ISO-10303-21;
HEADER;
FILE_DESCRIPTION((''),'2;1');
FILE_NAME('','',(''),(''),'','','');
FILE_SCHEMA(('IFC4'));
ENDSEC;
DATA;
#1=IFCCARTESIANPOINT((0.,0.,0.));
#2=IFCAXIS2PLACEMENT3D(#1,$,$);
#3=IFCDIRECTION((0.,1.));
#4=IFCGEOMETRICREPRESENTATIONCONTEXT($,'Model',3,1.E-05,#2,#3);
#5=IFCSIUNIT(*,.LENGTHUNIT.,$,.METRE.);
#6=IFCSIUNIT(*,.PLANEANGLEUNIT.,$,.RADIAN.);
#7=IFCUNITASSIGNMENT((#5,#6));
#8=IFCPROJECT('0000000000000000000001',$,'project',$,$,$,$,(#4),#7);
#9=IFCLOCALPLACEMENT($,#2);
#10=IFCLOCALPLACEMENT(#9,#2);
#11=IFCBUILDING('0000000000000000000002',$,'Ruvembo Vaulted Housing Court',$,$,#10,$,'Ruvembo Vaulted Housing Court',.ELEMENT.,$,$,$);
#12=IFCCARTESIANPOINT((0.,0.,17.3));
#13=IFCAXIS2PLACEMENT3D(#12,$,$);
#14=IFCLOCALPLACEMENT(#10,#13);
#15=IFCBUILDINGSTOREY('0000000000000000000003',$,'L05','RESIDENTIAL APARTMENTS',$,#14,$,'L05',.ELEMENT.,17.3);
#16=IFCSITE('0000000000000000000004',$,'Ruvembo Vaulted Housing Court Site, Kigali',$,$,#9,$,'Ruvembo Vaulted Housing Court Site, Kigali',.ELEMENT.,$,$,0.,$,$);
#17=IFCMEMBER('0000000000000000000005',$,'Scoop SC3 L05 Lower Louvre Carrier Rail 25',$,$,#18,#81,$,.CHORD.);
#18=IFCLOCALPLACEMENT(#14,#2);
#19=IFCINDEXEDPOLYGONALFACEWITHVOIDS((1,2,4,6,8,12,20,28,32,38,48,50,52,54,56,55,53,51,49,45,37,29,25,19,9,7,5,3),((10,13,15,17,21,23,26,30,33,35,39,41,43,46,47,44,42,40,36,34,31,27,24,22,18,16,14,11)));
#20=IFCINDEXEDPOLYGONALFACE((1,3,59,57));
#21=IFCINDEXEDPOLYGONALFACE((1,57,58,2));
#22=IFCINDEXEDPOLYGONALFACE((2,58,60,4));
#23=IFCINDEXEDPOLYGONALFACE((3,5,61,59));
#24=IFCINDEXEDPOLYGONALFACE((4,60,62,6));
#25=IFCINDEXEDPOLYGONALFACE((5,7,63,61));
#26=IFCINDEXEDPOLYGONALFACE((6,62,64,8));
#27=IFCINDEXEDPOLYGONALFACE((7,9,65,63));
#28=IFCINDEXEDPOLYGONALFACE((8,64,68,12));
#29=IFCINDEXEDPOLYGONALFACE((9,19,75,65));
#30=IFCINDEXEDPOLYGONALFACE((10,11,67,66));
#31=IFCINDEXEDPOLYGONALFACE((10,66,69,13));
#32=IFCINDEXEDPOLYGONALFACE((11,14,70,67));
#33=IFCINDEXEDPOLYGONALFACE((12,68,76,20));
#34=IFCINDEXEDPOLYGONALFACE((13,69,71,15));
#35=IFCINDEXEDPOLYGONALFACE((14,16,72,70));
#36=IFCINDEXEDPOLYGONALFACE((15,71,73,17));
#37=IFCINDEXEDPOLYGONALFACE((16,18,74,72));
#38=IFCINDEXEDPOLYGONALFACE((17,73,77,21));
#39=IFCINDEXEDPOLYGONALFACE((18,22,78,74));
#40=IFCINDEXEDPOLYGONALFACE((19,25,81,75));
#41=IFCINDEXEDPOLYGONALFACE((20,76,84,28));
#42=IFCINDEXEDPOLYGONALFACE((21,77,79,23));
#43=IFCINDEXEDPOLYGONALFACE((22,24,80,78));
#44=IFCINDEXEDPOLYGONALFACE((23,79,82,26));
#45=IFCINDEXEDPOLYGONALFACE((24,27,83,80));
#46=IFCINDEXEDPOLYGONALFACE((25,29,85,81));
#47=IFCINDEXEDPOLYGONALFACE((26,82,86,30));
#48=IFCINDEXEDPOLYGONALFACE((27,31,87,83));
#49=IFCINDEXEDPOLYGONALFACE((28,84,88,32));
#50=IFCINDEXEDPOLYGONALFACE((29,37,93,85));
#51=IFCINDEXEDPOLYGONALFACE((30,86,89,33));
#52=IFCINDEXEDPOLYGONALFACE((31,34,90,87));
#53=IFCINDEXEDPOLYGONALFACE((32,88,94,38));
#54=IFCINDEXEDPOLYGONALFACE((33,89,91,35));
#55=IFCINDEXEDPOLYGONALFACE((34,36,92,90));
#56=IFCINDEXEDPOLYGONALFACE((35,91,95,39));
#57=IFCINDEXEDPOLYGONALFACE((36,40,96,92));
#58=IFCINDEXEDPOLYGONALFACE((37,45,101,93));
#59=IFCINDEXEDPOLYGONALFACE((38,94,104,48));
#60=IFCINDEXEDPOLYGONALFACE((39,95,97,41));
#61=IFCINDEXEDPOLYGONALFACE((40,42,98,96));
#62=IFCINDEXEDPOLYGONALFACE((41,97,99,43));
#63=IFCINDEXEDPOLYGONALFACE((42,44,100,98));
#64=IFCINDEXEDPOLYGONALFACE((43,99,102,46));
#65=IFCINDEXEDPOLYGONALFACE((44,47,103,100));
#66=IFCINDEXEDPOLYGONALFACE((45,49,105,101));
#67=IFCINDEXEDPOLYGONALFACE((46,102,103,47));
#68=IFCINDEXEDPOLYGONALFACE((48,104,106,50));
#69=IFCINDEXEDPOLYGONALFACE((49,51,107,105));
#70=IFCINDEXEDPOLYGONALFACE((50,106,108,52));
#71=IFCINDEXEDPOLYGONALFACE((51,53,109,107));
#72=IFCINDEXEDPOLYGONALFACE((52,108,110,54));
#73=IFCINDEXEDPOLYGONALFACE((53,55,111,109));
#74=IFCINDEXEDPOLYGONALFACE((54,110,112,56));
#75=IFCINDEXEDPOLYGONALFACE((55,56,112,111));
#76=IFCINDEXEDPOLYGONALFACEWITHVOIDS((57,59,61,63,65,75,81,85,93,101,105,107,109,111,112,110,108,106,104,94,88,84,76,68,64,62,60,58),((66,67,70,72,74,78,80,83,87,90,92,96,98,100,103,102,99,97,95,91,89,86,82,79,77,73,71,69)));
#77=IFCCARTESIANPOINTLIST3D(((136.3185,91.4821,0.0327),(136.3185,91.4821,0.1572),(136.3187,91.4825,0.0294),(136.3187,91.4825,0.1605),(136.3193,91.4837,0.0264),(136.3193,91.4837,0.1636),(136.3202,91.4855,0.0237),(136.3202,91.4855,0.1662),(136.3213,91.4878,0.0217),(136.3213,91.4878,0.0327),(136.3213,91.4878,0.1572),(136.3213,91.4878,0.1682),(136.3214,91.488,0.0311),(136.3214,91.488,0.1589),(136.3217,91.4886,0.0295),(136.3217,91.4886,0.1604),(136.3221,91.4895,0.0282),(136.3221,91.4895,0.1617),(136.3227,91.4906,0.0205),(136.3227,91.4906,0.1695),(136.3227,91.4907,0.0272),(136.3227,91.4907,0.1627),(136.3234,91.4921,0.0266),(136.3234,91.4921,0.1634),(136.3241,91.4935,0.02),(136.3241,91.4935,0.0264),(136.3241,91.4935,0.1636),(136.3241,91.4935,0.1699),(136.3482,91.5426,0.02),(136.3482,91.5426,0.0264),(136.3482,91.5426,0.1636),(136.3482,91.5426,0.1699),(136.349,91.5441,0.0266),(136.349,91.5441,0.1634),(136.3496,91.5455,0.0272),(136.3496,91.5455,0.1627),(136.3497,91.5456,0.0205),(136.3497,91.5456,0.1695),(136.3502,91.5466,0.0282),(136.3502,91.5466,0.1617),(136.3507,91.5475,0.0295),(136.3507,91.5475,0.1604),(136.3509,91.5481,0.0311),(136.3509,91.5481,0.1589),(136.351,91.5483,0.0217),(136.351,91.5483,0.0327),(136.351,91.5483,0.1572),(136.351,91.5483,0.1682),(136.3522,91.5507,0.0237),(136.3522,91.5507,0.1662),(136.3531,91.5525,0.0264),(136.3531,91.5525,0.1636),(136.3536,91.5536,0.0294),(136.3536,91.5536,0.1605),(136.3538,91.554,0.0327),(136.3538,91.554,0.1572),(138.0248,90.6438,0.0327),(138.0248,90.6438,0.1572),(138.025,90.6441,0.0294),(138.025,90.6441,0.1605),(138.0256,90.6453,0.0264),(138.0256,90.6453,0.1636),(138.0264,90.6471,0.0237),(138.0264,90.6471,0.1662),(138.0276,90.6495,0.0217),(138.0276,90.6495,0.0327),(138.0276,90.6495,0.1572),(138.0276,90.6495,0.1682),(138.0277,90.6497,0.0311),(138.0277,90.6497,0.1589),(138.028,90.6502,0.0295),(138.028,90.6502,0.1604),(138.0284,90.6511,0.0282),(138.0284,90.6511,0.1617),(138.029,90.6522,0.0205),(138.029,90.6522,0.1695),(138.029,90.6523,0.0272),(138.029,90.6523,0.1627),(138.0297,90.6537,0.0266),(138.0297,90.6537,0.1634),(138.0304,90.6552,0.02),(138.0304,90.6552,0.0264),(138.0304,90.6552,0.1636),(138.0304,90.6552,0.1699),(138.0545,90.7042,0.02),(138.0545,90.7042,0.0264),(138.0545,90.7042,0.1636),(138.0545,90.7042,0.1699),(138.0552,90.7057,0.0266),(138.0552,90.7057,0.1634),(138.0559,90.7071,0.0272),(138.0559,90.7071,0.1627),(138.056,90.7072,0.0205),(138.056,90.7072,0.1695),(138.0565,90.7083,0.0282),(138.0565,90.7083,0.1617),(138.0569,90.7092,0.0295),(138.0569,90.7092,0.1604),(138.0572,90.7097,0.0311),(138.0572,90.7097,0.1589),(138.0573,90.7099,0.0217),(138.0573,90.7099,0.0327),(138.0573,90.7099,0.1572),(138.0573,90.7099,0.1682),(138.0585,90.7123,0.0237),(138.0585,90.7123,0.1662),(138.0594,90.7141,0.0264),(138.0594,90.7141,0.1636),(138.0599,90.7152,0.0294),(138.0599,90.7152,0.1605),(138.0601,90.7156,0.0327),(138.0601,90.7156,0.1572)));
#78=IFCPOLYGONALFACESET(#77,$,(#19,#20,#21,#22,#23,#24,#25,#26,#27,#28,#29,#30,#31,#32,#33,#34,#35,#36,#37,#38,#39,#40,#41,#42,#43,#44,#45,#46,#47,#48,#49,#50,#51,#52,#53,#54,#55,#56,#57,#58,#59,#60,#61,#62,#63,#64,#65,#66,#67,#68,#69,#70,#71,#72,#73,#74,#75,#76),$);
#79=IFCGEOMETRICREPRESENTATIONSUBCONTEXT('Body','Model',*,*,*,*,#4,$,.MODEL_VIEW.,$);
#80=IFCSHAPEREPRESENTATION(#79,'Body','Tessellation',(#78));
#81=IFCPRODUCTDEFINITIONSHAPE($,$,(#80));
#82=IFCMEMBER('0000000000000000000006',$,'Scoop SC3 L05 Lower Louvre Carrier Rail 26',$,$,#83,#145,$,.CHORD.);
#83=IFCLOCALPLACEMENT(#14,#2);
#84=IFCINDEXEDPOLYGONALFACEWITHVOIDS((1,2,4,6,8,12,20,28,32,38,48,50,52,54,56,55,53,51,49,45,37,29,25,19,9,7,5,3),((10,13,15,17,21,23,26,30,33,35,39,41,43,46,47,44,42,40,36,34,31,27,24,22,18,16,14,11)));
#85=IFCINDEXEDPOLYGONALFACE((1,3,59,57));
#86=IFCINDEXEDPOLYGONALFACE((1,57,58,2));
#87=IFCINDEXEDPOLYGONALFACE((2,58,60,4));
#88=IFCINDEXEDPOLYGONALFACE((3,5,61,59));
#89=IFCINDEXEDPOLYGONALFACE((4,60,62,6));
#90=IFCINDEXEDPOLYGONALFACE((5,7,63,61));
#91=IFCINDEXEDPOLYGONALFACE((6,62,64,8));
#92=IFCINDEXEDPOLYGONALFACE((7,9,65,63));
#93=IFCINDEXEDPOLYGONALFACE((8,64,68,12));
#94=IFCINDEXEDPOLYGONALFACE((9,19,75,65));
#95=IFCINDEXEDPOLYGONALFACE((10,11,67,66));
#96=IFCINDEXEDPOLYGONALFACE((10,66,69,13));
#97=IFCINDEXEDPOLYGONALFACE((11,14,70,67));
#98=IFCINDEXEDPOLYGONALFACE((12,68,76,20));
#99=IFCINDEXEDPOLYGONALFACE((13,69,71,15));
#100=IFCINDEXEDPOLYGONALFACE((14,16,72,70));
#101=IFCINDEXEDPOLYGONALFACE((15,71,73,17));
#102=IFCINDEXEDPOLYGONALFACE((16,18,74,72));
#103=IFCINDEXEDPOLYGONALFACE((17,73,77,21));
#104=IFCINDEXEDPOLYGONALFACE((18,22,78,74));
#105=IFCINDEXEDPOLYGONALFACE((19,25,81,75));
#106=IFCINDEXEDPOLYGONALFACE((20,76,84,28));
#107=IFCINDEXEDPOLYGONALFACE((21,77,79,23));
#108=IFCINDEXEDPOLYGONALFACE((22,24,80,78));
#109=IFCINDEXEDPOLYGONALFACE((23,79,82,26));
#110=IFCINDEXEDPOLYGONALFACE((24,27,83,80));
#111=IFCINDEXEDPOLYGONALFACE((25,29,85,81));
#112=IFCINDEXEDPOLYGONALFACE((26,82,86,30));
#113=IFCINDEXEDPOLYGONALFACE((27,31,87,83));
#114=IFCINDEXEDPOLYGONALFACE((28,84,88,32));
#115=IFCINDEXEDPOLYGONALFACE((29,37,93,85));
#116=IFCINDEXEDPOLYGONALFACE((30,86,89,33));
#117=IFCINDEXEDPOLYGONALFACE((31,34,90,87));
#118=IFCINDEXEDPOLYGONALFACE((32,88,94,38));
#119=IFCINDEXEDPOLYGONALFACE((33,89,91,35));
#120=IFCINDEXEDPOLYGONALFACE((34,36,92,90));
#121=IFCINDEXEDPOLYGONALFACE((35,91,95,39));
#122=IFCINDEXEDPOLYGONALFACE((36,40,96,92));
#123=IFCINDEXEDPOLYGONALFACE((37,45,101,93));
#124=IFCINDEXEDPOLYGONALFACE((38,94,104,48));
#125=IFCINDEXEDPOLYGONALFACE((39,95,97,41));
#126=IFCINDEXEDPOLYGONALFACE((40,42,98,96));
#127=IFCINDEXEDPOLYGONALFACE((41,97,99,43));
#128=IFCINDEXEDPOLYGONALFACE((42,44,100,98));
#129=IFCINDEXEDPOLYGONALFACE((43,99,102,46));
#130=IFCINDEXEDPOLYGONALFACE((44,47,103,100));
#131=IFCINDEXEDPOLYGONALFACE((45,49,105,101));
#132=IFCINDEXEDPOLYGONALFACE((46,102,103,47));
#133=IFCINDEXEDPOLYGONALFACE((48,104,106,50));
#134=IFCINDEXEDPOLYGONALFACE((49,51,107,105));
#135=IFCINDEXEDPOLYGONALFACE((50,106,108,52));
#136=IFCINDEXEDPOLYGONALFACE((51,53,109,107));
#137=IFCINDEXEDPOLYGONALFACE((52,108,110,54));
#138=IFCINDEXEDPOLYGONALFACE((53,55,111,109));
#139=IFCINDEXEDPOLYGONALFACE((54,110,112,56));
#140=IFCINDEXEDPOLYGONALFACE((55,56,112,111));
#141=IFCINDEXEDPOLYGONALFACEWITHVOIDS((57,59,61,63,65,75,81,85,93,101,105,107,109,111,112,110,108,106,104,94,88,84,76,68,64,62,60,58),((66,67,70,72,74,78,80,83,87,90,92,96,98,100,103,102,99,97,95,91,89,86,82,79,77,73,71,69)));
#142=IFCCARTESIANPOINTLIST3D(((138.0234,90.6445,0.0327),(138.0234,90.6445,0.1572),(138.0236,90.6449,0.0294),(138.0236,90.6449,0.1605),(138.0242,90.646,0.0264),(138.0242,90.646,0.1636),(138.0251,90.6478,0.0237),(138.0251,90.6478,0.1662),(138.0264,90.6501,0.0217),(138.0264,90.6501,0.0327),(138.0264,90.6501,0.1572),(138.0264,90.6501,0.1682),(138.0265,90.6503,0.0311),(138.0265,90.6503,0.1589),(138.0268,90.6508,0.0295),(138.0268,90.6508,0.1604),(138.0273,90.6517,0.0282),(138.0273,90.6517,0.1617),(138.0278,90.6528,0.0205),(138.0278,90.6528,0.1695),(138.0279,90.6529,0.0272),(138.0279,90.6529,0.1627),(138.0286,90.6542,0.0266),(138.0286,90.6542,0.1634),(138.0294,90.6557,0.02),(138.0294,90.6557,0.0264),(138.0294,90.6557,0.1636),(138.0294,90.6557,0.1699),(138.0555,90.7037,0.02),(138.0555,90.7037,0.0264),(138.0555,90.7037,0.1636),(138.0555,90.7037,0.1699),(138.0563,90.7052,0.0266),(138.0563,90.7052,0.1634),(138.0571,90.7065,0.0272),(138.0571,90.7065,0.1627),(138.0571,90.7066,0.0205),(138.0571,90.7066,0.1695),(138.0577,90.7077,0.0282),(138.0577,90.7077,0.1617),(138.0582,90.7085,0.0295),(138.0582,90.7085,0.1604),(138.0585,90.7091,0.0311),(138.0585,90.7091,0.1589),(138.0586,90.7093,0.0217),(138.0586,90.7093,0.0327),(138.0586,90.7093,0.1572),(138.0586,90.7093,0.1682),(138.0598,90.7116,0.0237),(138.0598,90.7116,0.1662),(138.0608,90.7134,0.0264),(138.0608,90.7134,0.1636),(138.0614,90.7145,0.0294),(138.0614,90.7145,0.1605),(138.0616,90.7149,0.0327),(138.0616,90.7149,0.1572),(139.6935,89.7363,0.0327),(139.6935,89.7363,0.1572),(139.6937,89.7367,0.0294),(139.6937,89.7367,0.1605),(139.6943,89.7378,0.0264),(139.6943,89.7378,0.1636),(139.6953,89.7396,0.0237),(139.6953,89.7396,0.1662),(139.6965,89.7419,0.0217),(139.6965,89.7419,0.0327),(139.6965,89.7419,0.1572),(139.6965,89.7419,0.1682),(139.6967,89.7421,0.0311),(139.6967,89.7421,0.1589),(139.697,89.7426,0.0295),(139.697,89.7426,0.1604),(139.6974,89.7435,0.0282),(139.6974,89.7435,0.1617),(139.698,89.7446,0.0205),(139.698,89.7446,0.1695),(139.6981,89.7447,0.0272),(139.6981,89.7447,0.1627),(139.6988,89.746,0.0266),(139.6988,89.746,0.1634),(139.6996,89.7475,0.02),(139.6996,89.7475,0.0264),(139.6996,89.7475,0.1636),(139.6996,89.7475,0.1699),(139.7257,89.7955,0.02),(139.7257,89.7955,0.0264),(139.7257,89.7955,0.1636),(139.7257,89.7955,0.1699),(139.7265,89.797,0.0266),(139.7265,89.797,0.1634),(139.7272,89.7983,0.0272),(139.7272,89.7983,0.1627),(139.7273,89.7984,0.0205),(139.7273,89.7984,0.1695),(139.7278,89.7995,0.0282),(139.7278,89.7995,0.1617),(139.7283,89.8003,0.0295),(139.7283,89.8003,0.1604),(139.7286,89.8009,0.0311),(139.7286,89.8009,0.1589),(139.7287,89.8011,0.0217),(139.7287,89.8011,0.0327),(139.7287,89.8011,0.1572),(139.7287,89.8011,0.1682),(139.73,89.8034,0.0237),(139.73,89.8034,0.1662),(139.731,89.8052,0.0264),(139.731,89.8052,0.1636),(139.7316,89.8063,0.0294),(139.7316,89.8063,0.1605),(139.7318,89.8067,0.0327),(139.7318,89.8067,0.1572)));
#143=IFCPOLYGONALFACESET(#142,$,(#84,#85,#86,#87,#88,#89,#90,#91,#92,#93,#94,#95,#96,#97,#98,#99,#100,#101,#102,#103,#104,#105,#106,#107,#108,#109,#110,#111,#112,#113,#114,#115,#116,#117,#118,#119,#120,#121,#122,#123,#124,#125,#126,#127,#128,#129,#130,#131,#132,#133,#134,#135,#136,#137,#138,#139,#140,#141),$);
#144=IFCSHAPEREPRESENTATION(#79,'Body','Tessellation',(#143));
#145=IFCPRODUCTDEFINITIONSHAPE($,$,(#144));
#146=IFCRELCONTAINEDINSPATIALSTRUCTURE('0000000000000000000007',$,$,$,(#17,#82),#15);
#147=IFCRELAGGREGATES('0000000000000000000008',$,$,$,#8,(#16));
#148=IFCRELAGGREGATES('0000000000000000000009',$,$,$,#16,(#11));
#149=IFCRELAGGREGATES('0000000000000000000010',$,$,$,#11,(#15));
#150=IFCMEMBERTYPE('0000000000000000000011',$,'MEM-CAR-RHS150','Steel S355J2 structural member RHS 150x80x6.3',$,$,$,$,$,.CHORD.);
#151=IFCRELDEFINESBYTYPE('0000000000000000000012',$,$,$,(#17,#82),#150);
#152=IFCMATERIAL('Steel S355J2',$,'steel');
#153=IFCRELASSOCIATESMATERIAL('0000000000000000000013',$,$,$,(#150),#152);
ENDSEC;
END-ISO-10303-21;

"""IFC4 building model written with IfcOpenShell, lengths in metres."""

from ifc_helpers import new_model, si_unit, direction, frame, origin, origin_2d, place, context, subcontext, project, spatial, hollow_rectangle, extrude, material, material_profile, profile_set, type_object, element, save


model = new_model("IFC4")

# Units and contexts
model_context = context("Model", 3, precision=1e-05, world=origin(), true_north=direction((0.0, 1.0)))
body_context = subcontext(model_context, "Body", "Model", "MODEL_VIEW")
ifc_project = project(units=[si_unit("LENGTHUNIT", "METRE"), si_unit("PLANEANGLEUNIT", "RADIAN")], contexts=[model_context])

# Site, building, storey
site_placement = place(None, origin())
site = spatial("IfcSite", under=ifc_project, at=site_placement, Name="Ruvembo Vaulted Housing Court Site, Kigali", LongName="Ruvembo Vaulted Housing Court Site, Kigali", CompositionType="ELEMENT", RefElevation=0.0)
building_placement = place(site_placement, origin())
building = spatial("IfcBuilding", under=site, at=building_placement, Name="Ruvembo Vaulted Housing Court", LongName="Ruvembo Vaulted Housing Court", CompositionType="ELEMENT")
storey_placement = place(building_placement, frame((0.0, 0.0, 17.3)))
storey = spatial("IfcBuildingStorey", under=building, at=storey_placement, Name="L05", Description="RESIDENTIAL APARTMENTS", LongName="L05", CompositionType="ELEMENT", Elevation=17.3)

# Shared definitions
ifc_material_1 = material(Name="Steel S355J2", Category="steel")

# Members
ifc_material_profile_1 = material_profile(ifc_material_1, hollow_rectangle(XDim=0.0801, YDim=0.1499, WallThickness=0.0063, InnerFilletRadius=0.0063, OuterFilletRadius=0.0127, at=origin_2d()), Name="RHS 150x80x6.3")
ifc_profile_set_1 = profile_set([ifc_material_profile_1], Name="Steel S355J2")
member_type_1 = type_object("IfcMemberType", Name="MEM-CAR-RHS150", Description="Steel S355J2 structural member RHS 150x80x6.3", PredefinedType="CHORD", material=ifc_profile_set_1)
for number, where, z_axis, x_axis, name in (
    (1, (136.3362, 91.5181, 0.095), (0.897513, -0.440987, 0.0), (0.440987, 0.897513, 0.0), "Scoop SC3 L05 Lower Louvre Carrier Rail 25"),
    (2, (138.0425, 90.6797, 0.095), (0.878513, -0.477718, 0.0), (0.477718, 0.878513, 0.0), "Scoop SC3 L05 Lower Louvre Carrier Rail 26"),
):
    element("IfcMember", number, at=place(storey_placement, frame(where, z_axis=z_axis, x_axis=x_axis)), inside=storey, type_object=member_type_1, Name=name, PredefinedType="CHORD", context=body_context, shape_type="SweptSolid", body=[
        extrude(hollow_rectangle(XDim=0.0801, YDim=0.1499, WallThickness=0.0063, InnerFilletRadius=0.0063, OuterFilletRadius=0.0127, at=origin_2d()), origin(), (0.0, 0.0, 1.0), 1.9011),
    ])

save(model, "model.ifc")
